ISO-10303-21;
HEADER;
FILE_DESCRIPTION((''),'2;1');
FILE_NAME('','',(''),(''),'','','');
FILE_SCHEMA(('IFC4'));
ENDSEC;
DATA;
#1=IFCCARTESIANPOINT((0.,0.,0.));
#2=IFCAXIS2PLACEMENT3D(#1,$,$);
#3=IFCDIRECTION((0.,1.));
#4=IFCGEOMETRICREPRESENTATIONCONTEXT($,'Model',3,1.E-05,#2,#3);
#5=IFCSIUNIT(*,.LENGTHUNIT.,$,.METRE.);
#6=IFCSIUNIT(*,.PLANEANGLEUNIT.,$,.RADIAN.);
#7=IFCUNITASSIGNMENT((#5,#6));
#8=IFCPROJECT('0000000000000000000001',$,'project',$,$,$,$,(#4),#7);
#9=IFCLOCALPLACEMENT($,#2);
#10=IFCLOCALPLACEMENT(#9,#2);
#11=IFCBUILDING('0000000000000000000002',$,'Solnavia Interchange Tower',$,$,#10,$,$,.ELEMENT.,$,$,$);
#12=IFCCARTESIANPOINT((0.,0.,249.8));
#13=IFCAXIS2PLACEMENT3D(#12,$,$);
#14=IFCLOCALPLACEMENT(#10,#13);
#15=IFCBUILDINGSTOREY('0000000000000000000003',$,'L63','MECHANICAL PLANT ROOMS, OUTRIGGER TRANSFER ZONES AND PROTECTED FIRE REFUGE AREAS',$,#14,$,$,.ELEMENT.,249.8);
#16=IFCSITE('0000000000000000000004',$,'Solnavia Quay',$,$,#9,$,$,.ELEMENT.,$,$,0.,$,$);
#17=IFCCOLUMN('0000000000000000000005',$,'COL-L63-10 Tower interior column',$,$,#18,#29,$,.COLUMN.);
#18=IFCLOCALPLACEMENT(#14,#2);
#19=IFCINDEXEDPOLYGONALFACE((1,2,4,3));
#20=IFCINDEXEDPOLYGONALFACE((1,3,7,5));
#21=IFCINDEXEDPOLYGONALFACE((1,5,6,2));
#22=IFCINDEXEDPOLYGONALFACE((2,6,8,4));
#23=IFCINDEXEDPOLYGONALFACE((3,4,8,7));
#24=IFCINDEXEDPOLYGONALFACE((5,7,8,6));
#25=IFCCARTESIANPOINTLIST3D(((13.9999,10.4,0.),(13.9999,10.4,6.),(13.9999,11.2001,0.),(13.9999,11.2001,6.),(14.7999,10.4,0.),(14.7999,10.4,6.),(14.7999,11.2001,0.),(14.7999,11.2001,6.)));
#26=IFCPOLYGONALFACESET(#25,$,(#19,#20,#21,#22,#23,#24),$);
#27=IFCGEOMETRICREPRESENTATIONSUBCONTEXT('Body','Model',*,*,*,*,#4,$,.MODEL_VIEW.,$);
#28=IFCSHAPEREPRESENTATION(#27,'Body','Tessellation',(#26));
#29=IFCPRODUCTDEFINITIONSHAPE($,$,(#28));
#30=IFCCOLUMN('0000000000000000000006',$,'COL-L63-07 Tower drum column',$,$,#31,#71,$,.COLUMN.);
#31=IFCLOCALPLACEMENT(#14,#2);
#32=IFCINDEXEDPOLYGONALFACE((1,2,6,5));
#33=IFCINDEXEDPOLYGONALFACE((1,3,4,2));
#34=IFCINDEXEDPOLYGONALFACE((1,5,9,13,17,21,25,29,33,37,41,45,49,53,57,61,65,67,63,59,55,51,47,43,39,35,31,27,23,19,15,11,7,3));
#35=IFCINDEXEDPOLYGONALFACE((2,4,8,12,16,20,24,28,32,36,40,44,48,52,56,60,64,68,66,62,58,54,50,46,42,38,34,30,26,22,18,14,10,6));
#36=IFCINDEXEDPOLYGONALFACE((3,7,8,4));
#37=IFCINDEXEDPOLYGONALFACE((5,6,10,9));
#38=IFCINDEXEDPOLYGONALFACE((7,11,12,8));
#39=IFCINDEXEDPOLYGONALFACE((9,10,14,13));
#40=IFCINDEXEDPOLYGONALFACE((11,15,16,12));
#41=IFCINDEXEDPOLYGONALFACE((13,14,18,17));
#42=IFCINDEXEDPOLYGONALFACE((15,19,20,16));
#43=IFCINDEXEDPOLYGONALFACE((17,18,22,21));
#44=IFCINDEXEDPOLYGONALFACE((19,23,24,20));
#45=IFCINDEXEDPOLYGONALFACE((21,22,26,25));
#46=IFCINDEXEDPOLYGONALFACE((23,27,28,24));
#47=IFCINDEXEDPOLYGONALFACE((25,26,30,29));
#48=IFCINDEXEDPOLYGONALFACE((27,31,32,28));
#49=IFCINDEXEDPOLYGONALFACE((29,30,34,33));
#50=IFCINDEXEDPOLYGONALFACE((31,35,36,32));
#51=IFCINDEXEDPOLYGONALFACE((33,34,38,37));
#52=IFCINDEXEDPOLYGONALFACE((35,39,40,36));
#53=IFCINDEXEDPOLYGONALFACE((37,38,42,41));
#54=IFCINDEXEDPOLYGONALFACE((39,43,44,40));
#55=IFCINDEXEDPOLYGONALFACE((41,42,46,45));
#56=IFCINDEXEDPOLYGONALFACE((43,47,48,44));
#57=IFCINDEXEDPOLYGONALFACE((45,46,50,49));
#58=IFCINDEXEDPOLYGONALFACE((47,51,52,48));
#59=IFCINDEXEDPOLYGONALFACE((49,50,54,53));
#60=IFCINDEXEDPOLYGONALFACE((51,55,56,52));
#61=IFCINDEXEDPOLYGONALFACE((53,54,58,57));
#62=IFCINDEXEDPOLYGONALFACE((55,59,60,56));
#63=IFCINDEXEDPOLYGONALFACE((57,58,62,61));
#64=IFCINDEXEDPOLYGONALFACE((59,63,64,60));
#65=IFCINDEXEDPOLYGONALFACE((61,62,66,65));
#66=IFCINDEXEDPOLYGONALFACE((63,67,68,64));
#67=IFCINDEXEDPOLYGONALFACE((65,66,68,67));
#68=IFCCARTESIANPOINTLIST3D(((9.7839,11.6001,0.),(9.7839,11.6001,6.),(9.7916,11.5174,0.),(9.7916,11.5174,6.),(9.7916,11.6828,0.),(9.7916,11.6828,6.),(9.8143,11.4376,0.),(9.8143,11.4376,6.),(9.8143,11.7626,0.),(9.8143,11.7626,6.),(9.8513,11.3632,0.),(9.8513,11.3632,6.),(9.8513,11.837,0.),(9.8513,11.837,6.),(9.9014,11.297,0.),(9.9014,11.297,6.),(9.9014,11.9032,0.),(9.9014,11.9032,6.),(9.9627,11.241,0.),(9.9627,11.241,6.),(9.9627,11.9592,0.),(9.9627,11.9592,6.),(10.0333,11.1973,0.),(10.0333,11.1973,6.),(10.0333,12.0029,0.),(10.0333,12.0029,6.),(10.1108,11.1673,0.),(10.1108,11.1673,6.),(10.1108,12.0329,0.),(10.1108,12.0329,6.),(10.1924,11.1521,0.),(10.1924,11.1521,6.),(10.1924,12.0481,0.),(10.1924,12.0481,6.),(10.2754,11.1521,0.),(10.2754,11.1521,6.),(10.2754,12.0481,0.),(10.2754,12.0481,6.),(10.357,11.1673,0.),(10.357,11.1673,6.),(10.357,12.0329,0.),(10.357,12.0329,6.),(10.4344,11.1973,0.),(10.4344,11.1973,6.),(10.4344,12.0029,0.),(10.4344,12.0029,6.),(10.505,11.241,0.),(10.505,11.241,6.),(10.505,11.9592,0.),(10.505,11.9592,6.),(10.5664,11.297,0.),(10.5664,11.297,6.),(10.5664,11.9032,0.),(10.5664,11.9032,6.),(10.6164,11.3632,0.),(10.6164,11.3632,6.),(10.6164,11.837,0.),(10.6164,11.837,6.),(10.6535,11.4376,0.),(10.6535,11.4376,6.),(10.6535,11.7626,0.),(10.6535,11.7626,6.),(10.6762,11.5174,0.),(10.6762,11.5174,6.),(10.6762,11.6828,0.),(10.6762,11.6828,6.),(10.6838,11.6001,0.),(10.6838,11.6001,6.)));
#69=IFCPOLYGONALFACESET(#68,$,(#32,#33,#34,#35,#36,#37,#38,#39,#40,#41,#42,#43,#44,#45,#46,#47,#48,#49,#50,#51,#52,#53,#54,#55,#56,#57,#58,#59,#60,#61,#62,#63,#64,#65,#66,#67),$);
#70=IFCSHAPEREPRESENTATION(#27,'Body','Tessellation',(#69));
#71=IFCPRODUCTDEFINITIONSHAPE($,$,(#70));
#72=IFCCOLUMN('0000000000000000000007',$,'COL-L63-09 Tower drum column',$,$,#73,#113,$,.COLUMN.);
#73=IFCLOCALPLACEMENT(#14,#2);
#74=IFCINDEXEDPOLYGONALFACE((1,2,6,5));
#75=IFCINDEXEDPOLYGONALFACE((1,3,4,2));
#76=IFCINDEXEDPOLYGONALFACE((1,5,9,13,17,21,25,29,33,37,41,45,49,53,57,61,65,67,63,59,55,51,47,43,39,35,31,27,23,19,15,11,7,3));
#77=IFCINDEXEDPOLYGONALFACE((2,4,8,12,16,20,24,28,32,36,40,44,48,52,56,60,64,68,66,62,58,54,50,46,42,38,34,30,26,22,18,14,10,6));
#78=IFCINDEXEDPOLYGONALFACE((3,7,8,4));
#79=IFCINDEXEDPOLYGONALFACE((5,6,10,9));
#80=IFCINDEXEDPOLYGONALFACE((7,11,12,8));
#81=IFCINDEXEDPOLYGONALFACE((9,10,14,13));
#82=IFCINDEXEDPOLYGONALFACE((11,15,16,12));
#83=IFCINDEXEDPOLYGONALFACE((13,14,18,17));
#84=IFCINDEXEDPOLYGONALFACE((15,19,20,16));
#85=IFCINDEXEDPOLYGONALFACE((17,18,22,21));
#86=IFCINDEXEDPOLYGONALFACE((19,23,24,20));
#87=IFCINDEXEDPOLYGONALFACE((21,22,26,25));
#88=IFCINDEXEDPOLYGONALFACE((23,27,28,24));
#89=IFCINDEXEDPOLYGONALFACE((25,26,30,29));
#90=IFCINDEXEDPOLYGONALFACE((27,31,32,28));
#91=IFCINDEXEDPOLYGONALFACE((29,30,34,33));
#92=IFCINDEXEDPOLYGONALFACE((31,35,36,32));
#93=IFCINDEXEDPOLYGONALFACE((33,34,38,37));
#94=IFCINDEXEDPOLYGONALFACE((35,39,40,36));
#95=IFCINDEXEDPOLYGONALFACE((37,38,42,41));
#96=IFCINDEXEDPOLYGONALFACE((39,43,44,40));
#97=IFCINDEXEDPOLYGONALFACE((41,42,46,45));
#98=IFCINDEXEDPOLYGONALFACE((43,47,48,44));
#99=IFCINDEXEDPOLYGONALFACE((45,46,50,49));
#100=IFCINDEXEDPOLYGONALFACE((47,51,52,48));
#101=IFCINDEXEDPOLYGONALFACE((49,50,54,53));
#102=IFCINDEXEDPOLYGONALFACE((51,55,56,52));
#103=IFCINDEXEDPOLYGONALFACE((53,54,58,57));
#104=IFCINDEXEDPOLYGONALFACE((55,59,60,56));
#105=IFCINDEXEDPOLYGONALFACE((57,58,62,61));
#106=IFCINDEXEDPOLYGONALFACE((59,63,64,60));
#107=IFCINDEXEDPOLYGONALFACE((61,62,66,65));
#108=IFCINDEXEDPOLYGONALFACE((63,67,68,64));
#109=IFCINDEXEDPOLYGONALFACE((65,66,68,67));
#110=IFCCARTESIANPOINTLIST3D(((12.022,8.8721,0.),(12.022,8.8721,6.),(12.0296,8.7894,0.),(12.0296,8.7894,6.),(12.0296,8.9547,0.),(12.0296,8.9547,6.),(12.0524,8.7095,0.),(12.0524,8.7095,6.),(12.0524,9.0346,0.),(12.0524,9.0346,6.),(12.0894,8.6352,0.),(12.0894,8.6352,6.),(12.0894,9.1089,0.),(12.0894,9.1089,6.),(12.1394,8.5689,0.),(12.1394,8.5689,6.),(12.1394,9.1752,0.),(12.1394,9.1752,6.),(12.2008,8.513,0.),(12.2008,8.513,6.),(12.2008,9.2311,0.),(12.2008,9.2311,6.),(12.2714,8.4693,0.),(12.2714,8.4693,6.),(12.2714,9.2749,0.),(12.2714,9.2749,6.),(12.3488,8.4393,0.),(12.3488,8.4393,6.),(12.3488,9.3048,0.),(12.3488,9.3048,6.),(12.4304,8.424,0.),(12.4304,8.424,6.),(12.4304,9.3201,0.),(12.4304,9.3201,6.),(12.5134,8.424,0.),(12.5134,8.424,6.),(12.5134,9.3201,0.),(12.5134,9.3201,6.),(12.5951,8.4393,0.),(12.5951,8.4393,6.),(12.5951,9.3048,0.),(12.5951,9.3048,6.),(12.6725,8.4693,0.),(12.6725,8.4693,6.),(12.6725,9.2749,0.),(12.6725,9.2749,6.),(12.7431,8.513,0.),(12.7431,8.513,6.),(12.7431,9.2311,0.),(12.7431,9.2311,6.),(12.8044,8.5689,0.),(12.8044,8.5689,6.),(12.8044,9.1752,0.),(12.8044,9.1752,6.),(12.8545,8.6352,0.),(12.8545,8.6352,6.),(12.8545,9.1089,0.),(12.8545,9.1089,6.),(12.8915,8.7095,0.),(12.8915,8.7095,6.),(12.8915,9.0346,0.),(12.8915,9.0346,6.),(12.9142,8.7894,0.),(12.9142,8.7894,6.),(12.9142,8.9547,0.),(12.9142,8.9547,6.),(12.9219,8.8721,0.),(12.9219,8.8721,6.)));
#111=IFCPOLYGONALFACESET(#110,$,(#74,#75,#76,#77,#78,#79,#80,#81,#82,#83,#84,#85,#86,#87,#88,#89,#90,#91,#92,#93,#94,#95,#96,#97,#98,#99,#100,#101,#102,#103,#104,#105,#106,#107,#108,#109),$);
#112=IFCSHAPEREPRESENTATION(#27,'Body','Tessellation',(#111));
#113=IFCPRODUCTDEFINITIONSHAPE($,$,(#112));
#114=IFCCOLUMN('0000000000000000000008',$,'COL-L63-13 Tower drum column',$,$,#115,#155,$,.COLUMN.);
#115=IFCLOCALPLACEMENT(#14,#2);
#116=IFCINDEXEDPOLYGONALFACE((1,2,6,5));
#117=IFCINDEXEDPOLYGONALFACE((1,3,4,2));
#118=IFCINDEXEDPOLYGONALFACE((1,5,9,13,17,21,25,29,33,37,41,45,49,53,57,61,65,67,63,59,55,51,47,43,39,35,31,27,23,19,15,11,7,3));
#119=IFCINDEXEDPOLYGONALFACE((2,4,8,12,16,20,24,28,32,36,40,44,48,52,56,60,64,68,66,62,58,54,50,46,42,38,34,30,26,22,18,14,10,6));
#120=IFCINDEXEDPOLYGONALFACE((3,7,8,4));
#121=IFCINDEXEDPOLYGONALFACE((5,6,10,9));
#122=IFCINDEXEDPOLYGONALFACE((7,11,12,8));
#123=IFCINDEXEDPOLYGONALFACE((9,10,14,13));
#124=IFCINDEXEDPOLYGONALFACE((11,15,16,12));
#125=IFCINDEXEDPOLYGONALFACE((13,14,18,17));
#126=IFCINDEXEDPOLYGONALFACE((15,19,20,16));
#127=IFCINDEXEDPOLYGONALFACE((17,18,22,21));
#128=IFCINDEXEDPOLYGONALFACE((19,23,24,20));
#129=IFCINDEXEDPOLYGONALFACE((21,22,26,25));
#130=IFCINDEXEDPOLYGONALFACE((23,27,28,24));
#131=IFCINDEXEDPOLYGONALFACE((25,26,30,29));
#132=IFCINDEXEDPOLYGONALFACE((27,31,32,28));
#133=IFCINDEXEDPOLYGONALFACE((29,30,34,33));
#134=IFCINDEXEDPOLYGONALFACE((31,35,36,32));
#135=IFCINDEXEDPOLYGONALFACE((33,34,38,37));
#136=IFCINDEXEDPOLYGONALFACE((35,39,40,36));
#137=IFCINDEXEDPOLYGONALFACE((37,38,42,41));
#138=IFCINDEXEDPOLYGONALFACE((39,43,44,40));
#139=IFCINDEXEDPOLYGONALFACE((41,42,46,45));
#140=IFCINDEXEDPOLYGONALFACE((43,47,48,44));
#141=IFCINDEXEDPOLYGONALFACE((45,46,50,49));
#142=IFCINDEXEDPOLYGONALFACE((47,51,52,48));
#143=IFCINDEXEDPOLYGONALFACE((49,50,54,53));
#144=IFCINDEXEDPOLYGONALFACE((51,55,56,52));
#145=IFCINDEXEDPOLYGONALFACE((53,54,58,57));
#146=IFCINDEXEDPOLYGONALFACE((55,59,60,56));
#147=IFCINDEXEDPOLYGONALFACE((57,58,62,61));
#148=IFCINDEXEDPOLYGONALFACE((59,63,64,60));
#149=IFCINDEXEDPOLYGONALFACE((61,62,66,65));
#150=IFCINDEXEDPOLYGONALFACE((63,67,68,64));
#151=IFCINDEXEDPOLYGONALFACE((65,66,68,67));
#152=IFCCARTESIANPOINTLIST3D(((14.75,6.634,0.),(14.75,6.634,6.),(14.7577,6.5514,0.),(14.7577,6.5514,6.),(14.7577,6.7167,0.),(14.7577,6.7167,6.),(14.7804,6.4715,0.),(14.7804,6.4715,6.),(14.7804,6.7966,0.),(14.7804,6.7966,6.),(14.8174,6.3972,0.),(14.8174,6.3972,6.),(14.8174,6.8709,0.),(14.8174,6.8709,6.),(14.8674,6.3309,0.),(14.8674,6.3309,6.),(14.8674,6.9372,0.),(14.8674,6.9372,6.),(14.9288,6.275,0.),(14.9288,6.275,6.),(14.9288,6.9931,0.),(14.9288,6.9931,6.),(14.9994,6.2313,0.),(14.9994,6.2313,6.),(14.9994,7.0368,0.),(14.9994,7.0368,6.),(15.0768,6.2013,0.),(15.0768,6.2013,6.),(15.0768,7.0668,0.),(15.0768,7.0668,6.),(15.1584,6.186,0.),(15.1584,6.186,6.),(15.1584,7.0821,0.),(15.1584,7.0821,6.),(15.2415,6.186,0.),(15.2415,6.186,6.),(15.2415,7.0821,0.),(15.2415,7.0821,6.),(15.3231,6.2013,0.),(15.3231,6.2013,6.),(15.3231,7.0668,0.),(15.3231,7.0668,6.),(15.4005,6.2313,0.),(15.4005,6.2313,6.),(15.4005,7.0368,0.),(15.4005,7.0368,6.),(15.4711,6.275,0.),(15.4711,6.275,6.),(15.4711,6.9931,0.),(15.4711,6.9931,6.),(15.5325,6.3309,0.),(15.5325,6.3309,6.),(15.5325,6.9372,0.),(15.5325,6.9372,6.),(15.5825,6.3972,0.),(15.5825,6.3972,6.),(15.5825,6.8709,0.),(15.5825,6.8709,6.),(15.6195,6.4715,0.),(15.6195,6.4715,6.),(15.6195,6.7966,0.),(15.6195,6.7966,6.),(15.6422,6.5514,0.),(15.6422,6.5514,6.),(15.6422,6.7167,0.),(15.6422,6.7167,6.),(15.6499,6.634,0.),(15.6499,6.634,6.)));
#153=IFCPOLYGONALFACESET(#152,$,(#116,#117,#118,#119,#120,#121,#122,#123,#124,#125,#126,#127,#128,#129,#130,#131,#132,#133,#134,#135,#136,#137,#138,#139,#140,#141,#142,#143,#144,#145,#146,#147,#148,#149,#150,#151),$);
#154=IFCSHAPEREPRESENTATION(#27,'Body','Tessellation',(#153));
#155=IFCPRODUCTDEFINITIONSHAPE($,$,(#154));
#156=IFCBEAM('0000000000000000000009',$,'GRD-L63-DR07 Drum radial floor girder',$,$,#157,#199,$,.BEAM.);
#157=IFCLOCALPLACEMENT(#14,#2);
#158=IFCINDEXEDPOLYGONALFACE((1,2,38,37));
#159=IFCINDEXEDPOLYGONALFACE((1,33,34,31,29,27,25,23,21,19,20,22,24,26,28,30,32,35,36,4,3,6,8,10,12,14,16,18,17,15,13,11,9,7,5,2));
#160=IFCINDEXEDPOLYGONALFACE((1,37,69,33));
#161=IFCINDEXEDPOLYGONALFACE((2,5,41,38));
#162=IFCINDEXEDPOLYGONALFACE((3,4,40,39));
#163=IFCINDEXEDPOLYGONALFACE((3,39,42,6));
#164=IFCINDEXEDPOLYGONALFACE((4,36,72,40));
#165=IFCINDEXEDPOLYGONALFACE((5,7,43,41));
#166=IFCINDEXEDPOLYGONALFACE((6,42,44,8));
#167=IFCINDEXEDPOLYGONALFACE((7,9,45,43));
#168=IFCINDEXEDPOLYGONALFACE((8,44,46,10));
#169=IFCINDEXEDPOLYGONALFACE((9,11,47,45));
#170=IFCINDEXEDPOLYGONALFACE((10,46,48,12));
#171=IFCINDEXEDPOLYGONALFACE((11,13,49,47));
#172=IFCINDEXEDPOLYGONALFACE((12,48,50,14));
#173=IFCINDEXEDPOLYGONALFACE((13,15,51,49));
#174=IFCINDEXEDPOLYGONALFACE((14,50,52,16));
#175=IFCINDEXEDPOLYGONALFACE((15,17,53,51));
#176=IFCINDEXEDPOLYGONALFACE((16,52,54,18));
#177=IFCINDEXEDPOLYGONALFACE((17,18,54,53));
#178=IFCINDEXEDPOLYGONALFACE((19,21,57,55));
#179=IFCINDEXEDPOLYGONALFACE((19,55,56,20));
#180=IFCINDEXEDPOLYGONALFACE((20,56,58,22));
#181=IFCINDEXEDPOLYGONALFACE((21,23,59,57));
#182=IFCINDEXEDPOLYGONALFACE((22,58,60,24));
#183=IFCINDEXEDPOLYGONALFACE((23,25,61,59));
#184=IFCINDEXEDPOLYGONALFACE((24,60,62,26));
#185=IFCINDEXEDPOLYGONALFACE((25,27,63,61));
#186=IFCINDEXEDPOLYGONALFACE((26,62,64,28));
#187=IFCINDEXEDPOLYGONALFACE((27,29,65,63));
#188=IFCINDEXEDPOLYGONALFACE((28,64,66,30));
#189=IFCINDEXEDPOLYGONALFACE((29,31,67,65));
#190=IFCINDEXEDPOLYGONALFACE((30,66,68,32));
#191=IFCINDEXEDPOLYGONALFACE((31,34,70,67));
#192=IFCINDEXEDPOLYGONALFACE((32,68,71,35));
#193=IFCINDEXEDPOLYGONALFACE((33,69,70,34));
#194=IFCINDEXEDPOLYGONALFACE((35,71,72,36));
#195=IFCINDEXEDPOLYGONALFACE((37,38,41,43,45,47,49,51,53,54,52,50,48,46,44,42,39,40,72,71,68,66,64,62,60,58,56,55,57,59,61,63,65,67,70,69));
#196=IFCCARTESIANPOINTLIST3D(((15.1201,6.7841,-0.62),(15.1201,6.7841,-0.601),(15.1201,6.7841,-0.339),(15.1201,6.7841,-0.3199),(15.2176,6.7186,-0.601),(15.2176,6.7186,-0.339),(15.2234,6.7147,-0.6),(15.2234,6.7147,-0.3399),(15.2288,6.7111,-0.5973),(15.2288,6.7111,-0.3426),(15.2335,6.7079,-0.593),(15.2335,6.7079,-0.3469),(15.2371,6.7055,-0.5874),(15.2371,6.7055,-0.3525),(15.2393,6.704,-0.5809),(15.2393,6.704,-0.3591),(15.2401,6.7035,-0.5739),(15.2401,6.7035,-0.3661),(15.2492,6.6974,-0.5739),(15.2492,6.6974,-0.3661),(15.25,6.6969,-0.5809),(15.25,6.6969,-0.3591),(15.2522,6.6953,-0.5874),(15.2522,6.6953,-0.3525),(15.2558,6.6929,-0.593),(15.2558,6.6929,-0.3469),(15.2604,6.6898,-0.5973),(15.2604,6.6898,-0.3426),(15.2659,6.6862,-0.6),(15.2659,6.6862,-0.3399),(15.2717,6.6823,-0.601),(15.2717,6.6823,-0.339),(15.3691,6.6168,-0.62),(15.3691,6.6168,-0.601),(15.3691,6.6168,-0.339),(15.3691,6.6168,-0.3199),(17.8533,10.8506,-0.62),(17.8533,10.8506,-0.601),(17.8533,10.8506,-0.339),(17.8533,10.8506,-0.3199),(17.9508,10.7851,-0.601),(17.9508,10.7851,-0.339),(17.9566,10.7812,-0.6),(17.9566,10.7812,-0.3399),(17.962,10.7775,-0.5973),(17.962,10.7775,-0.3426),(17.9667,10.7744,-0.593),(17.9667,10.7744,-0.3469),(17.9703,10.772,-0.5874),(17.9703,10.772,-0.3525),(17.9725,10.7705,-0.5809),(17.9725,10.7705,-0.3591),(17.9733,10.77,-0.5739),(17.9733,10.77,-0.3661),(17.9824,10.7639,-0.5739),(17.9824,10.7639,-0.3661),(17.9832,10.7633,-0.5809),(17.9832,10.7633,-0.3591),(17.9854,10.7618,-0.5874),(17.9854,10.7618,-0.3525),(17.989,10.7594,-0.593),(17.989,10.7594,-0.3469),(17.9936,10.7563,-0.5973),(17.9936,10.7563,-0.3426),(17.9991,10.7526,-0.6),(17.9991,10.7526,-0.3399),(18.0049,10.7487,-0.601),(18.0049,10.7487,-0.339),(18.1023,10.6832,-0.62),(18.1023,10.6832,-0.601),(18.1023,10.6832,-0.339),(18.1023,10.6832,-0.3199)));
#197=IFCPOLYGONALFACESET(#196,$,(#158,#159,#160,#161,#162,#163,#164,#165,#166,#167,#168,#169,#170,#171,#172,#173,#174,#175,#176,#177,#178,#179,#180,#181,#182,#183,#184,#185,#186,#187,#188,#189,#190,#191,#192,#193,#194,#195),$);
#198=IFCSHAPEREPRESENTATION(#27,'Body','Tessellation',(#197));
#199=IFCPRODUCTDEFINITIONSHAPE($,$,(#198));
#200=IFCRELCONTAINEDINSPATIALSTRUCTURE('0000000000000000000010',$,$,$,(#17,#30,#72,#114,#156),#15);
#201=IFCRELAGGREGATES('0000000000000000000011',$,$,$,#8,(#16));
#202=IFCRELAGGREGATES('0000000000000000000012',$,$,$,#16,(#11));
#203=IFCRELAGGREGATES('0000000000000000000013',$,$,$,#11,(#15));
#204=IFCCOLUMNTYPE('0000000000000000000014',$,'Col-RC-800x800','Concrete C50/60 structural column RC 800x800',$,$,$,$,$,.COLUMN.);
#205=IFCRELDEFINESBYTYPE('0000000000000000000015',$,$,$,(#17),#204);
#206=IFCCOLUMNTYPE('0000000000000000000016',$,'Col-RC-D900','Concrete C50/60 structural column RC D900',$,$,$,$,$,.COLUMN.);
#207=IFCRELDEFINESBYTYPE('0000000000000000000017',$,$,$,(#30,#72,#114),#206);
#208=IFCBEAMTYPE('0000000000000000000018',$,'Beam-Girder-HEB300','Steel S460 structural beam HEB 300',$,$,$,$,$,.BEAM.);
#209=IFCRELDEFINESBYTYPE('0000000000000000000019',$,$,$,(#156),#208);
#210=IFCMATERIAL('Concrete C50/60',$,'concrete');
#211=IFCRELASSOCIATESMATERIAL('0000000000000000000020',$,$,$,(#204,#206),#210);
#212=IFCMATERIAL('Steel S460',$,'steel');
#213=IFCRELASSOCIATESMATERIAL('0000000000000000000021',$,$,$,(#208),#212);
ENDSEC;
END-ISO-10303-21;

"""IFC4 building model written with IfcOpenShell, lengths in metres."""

from ifc_helpers import new_model, si_unit, direction, frame, origin, origin_2d, place, context, subcontext, project, spatial, rectangle, circle, i_section, extrude, material, material_profile, profile_set, type_object, element, save


model = new_model("IFC4")

# Units and contexts
model_context = context("Model", 3, precision=1e-05, world=origin(), true_north=direction((0.0, 1.0)))
body_context = subcontext(model_context, "Body", "Model", "MODEL_VIEW")
ifc_project = project(units=[si_unit("LENGTHUNIT", "METRE"), si_unit("PLANEANGLEUNIT", "RADIAN")], contexts=[model_context])

# Site, building, storey
site_placement = place(None, origin())
site = spatial("IfcSite", under=ifc_project, at=site_placement, Name="Solnavia Quay", CompositionType="ELEMENT", RefElevation=0.0)
building_placement = place(site_placement, origin())
building = spatial("IfcBuilding", under=site, at=building_placement, Name="Solnavia Interchange Tower", CompositionType="ELEMENT")
storey_placement = place(building_placement, frame((0.0, 0.0, 249.8)))
storey = spatial("IfcBuildingStorey", under=building, at=storey_placement, Name="L63", Description="MECHANICAL PLANT ROOMS, OUTRIGGER TRANSFER ZONES AND PROTECTED FIRE REFUGE AREAS", CompositionType="ELEMENT", Elevation=249.8)

# Columns
ifc_material_1 = material(Name="Concrete C50/60", Category="concrete")
ifc_material_profile_1 = material_profile(ifc_material_1, rectangle(XDim=0.8, YDim=0.8, at=origin_2d()), Name="RC 800x800")
ifc_profile_set_1 = profile_set([ifc_material_profile_1], Name="Concrete C50/60")
column_type_1 = type_object("IfcColumnType", Name="Col-RC-800x800", Description="Concrete C50/60 structural column RC 800x800", PredefinedType="COLUMN", material=ifc_profile_set_1)
column_placement = place(storey_placement, frame((14.3999, 10.8, 0.0), z_axis=(0.0, 0.0, 1.0), x_axis=(1.0, 0.0, 0.0)))
element("IfcColumn", 1, at=column_placement, inside=storey, type_object=column_type_1, Name="COL-L63-10 Tower interior column", PredefinedType="COLUMN", context=body_context, shape_type="SweptSolid", body=[
    extrude(rectangle(XDim=0.8, YDim=0.8, at=origin_2d()), origin(), (0.0, 0.0, 1.0), 6.0),
])
ifc_material_profile_2 = material_profile(ifc_material_1, circle(Radius=0.45, at=origin_2d()), Name="RC D900")
ifc_profile_set_2 = profile_set([ifc_material_profile_2], Name="Concrete C50/60")
column_type_2 = type_object("IfcColumnType", Name="Col-RC-D900", Description="Concrete C50/60 structural column RC D900", PredefinedType="COLUMN", material=ifc_profile_set_2)
for number, where, z_axis, x_axis, name in (
    (2, (10.2339, 11.6001, 0.0), (0.0, 0.0, 1.0), (1.0, 0.0, 0.0), "COL-L63-07 Tower drum column"),
    (3, (12.4719, 8.8721, 0.0), (0.0, 0.0, 1.0), (1.0, 0.0, 0.0), "COL-L63-09 Tower drum column"),
    (4, (15.2, 6.634, 0.0), (0.0, 0.0, 1.0), (1.0, 0.0, 0.0), "COL-L63-13 Tower drum column"),
):
    element("IfcColumn", number, at=place(storey_placement, frame(where, z_axis=z_axis, x_axis=x_axis)), inside=storey, type_object=column_type_2, Name=name, PredefinedType="COLUMN", context=body_context, shape_type="SweptSolid", body=[
        extrude(circle(Radius=0.45, at=origin_2d()), origin(), (0.0, 0.0, 1.0), 6.0),
    ])

# Beam
ifc_material_2 = material(Name="Steel S460", Category="steel")
ifc_material_profile_3 = material_profile(ifc_material_2, i_section(OverallWidth=0.3, OverallDepth=0.3, WebThickness=0.011, FlangeThickness=0.019, FilletRadius=0.0271, at=origin_2d()), Name="HEB 300")
ifc_profile_set_3 = profile_set([ifc_material_profile_3], Name="Steel S460")
beam_type_1 = type_object("IfcBeamType", Name="Beam-Girder-HEB300", Description="Steel S460 structural beam HEB 300", PredefinedType="BEAM", material=ifc_profile_set_3)
beam_1_placement = place(storey_placement, frame((15.2446, 6.7004, -0.47), z_axis=(0.557835, 0.829952, 0.0), x_axis=(-0.829952, 0.557835, 0.0)))
element("IfcBeam", 5, at=beam_1_placement, inside=storey, type_object=beam_type_1, Name="GRD-L63-DR07 Drum radial floor girder", PredefinedType="BEAM", context=body_context, shape_type="SweptSolid", body=[
    extrude(i_section(OverallWidth=0.3, OverallDepth=0.3, WebThickness=0.011, FlangeThickness=0.019, FilletRadius=0.0271, at=origin_2d()), origin(), (0.0, 0.0, 1.0), 4.8997),
])

save(model, "model.ifc")
